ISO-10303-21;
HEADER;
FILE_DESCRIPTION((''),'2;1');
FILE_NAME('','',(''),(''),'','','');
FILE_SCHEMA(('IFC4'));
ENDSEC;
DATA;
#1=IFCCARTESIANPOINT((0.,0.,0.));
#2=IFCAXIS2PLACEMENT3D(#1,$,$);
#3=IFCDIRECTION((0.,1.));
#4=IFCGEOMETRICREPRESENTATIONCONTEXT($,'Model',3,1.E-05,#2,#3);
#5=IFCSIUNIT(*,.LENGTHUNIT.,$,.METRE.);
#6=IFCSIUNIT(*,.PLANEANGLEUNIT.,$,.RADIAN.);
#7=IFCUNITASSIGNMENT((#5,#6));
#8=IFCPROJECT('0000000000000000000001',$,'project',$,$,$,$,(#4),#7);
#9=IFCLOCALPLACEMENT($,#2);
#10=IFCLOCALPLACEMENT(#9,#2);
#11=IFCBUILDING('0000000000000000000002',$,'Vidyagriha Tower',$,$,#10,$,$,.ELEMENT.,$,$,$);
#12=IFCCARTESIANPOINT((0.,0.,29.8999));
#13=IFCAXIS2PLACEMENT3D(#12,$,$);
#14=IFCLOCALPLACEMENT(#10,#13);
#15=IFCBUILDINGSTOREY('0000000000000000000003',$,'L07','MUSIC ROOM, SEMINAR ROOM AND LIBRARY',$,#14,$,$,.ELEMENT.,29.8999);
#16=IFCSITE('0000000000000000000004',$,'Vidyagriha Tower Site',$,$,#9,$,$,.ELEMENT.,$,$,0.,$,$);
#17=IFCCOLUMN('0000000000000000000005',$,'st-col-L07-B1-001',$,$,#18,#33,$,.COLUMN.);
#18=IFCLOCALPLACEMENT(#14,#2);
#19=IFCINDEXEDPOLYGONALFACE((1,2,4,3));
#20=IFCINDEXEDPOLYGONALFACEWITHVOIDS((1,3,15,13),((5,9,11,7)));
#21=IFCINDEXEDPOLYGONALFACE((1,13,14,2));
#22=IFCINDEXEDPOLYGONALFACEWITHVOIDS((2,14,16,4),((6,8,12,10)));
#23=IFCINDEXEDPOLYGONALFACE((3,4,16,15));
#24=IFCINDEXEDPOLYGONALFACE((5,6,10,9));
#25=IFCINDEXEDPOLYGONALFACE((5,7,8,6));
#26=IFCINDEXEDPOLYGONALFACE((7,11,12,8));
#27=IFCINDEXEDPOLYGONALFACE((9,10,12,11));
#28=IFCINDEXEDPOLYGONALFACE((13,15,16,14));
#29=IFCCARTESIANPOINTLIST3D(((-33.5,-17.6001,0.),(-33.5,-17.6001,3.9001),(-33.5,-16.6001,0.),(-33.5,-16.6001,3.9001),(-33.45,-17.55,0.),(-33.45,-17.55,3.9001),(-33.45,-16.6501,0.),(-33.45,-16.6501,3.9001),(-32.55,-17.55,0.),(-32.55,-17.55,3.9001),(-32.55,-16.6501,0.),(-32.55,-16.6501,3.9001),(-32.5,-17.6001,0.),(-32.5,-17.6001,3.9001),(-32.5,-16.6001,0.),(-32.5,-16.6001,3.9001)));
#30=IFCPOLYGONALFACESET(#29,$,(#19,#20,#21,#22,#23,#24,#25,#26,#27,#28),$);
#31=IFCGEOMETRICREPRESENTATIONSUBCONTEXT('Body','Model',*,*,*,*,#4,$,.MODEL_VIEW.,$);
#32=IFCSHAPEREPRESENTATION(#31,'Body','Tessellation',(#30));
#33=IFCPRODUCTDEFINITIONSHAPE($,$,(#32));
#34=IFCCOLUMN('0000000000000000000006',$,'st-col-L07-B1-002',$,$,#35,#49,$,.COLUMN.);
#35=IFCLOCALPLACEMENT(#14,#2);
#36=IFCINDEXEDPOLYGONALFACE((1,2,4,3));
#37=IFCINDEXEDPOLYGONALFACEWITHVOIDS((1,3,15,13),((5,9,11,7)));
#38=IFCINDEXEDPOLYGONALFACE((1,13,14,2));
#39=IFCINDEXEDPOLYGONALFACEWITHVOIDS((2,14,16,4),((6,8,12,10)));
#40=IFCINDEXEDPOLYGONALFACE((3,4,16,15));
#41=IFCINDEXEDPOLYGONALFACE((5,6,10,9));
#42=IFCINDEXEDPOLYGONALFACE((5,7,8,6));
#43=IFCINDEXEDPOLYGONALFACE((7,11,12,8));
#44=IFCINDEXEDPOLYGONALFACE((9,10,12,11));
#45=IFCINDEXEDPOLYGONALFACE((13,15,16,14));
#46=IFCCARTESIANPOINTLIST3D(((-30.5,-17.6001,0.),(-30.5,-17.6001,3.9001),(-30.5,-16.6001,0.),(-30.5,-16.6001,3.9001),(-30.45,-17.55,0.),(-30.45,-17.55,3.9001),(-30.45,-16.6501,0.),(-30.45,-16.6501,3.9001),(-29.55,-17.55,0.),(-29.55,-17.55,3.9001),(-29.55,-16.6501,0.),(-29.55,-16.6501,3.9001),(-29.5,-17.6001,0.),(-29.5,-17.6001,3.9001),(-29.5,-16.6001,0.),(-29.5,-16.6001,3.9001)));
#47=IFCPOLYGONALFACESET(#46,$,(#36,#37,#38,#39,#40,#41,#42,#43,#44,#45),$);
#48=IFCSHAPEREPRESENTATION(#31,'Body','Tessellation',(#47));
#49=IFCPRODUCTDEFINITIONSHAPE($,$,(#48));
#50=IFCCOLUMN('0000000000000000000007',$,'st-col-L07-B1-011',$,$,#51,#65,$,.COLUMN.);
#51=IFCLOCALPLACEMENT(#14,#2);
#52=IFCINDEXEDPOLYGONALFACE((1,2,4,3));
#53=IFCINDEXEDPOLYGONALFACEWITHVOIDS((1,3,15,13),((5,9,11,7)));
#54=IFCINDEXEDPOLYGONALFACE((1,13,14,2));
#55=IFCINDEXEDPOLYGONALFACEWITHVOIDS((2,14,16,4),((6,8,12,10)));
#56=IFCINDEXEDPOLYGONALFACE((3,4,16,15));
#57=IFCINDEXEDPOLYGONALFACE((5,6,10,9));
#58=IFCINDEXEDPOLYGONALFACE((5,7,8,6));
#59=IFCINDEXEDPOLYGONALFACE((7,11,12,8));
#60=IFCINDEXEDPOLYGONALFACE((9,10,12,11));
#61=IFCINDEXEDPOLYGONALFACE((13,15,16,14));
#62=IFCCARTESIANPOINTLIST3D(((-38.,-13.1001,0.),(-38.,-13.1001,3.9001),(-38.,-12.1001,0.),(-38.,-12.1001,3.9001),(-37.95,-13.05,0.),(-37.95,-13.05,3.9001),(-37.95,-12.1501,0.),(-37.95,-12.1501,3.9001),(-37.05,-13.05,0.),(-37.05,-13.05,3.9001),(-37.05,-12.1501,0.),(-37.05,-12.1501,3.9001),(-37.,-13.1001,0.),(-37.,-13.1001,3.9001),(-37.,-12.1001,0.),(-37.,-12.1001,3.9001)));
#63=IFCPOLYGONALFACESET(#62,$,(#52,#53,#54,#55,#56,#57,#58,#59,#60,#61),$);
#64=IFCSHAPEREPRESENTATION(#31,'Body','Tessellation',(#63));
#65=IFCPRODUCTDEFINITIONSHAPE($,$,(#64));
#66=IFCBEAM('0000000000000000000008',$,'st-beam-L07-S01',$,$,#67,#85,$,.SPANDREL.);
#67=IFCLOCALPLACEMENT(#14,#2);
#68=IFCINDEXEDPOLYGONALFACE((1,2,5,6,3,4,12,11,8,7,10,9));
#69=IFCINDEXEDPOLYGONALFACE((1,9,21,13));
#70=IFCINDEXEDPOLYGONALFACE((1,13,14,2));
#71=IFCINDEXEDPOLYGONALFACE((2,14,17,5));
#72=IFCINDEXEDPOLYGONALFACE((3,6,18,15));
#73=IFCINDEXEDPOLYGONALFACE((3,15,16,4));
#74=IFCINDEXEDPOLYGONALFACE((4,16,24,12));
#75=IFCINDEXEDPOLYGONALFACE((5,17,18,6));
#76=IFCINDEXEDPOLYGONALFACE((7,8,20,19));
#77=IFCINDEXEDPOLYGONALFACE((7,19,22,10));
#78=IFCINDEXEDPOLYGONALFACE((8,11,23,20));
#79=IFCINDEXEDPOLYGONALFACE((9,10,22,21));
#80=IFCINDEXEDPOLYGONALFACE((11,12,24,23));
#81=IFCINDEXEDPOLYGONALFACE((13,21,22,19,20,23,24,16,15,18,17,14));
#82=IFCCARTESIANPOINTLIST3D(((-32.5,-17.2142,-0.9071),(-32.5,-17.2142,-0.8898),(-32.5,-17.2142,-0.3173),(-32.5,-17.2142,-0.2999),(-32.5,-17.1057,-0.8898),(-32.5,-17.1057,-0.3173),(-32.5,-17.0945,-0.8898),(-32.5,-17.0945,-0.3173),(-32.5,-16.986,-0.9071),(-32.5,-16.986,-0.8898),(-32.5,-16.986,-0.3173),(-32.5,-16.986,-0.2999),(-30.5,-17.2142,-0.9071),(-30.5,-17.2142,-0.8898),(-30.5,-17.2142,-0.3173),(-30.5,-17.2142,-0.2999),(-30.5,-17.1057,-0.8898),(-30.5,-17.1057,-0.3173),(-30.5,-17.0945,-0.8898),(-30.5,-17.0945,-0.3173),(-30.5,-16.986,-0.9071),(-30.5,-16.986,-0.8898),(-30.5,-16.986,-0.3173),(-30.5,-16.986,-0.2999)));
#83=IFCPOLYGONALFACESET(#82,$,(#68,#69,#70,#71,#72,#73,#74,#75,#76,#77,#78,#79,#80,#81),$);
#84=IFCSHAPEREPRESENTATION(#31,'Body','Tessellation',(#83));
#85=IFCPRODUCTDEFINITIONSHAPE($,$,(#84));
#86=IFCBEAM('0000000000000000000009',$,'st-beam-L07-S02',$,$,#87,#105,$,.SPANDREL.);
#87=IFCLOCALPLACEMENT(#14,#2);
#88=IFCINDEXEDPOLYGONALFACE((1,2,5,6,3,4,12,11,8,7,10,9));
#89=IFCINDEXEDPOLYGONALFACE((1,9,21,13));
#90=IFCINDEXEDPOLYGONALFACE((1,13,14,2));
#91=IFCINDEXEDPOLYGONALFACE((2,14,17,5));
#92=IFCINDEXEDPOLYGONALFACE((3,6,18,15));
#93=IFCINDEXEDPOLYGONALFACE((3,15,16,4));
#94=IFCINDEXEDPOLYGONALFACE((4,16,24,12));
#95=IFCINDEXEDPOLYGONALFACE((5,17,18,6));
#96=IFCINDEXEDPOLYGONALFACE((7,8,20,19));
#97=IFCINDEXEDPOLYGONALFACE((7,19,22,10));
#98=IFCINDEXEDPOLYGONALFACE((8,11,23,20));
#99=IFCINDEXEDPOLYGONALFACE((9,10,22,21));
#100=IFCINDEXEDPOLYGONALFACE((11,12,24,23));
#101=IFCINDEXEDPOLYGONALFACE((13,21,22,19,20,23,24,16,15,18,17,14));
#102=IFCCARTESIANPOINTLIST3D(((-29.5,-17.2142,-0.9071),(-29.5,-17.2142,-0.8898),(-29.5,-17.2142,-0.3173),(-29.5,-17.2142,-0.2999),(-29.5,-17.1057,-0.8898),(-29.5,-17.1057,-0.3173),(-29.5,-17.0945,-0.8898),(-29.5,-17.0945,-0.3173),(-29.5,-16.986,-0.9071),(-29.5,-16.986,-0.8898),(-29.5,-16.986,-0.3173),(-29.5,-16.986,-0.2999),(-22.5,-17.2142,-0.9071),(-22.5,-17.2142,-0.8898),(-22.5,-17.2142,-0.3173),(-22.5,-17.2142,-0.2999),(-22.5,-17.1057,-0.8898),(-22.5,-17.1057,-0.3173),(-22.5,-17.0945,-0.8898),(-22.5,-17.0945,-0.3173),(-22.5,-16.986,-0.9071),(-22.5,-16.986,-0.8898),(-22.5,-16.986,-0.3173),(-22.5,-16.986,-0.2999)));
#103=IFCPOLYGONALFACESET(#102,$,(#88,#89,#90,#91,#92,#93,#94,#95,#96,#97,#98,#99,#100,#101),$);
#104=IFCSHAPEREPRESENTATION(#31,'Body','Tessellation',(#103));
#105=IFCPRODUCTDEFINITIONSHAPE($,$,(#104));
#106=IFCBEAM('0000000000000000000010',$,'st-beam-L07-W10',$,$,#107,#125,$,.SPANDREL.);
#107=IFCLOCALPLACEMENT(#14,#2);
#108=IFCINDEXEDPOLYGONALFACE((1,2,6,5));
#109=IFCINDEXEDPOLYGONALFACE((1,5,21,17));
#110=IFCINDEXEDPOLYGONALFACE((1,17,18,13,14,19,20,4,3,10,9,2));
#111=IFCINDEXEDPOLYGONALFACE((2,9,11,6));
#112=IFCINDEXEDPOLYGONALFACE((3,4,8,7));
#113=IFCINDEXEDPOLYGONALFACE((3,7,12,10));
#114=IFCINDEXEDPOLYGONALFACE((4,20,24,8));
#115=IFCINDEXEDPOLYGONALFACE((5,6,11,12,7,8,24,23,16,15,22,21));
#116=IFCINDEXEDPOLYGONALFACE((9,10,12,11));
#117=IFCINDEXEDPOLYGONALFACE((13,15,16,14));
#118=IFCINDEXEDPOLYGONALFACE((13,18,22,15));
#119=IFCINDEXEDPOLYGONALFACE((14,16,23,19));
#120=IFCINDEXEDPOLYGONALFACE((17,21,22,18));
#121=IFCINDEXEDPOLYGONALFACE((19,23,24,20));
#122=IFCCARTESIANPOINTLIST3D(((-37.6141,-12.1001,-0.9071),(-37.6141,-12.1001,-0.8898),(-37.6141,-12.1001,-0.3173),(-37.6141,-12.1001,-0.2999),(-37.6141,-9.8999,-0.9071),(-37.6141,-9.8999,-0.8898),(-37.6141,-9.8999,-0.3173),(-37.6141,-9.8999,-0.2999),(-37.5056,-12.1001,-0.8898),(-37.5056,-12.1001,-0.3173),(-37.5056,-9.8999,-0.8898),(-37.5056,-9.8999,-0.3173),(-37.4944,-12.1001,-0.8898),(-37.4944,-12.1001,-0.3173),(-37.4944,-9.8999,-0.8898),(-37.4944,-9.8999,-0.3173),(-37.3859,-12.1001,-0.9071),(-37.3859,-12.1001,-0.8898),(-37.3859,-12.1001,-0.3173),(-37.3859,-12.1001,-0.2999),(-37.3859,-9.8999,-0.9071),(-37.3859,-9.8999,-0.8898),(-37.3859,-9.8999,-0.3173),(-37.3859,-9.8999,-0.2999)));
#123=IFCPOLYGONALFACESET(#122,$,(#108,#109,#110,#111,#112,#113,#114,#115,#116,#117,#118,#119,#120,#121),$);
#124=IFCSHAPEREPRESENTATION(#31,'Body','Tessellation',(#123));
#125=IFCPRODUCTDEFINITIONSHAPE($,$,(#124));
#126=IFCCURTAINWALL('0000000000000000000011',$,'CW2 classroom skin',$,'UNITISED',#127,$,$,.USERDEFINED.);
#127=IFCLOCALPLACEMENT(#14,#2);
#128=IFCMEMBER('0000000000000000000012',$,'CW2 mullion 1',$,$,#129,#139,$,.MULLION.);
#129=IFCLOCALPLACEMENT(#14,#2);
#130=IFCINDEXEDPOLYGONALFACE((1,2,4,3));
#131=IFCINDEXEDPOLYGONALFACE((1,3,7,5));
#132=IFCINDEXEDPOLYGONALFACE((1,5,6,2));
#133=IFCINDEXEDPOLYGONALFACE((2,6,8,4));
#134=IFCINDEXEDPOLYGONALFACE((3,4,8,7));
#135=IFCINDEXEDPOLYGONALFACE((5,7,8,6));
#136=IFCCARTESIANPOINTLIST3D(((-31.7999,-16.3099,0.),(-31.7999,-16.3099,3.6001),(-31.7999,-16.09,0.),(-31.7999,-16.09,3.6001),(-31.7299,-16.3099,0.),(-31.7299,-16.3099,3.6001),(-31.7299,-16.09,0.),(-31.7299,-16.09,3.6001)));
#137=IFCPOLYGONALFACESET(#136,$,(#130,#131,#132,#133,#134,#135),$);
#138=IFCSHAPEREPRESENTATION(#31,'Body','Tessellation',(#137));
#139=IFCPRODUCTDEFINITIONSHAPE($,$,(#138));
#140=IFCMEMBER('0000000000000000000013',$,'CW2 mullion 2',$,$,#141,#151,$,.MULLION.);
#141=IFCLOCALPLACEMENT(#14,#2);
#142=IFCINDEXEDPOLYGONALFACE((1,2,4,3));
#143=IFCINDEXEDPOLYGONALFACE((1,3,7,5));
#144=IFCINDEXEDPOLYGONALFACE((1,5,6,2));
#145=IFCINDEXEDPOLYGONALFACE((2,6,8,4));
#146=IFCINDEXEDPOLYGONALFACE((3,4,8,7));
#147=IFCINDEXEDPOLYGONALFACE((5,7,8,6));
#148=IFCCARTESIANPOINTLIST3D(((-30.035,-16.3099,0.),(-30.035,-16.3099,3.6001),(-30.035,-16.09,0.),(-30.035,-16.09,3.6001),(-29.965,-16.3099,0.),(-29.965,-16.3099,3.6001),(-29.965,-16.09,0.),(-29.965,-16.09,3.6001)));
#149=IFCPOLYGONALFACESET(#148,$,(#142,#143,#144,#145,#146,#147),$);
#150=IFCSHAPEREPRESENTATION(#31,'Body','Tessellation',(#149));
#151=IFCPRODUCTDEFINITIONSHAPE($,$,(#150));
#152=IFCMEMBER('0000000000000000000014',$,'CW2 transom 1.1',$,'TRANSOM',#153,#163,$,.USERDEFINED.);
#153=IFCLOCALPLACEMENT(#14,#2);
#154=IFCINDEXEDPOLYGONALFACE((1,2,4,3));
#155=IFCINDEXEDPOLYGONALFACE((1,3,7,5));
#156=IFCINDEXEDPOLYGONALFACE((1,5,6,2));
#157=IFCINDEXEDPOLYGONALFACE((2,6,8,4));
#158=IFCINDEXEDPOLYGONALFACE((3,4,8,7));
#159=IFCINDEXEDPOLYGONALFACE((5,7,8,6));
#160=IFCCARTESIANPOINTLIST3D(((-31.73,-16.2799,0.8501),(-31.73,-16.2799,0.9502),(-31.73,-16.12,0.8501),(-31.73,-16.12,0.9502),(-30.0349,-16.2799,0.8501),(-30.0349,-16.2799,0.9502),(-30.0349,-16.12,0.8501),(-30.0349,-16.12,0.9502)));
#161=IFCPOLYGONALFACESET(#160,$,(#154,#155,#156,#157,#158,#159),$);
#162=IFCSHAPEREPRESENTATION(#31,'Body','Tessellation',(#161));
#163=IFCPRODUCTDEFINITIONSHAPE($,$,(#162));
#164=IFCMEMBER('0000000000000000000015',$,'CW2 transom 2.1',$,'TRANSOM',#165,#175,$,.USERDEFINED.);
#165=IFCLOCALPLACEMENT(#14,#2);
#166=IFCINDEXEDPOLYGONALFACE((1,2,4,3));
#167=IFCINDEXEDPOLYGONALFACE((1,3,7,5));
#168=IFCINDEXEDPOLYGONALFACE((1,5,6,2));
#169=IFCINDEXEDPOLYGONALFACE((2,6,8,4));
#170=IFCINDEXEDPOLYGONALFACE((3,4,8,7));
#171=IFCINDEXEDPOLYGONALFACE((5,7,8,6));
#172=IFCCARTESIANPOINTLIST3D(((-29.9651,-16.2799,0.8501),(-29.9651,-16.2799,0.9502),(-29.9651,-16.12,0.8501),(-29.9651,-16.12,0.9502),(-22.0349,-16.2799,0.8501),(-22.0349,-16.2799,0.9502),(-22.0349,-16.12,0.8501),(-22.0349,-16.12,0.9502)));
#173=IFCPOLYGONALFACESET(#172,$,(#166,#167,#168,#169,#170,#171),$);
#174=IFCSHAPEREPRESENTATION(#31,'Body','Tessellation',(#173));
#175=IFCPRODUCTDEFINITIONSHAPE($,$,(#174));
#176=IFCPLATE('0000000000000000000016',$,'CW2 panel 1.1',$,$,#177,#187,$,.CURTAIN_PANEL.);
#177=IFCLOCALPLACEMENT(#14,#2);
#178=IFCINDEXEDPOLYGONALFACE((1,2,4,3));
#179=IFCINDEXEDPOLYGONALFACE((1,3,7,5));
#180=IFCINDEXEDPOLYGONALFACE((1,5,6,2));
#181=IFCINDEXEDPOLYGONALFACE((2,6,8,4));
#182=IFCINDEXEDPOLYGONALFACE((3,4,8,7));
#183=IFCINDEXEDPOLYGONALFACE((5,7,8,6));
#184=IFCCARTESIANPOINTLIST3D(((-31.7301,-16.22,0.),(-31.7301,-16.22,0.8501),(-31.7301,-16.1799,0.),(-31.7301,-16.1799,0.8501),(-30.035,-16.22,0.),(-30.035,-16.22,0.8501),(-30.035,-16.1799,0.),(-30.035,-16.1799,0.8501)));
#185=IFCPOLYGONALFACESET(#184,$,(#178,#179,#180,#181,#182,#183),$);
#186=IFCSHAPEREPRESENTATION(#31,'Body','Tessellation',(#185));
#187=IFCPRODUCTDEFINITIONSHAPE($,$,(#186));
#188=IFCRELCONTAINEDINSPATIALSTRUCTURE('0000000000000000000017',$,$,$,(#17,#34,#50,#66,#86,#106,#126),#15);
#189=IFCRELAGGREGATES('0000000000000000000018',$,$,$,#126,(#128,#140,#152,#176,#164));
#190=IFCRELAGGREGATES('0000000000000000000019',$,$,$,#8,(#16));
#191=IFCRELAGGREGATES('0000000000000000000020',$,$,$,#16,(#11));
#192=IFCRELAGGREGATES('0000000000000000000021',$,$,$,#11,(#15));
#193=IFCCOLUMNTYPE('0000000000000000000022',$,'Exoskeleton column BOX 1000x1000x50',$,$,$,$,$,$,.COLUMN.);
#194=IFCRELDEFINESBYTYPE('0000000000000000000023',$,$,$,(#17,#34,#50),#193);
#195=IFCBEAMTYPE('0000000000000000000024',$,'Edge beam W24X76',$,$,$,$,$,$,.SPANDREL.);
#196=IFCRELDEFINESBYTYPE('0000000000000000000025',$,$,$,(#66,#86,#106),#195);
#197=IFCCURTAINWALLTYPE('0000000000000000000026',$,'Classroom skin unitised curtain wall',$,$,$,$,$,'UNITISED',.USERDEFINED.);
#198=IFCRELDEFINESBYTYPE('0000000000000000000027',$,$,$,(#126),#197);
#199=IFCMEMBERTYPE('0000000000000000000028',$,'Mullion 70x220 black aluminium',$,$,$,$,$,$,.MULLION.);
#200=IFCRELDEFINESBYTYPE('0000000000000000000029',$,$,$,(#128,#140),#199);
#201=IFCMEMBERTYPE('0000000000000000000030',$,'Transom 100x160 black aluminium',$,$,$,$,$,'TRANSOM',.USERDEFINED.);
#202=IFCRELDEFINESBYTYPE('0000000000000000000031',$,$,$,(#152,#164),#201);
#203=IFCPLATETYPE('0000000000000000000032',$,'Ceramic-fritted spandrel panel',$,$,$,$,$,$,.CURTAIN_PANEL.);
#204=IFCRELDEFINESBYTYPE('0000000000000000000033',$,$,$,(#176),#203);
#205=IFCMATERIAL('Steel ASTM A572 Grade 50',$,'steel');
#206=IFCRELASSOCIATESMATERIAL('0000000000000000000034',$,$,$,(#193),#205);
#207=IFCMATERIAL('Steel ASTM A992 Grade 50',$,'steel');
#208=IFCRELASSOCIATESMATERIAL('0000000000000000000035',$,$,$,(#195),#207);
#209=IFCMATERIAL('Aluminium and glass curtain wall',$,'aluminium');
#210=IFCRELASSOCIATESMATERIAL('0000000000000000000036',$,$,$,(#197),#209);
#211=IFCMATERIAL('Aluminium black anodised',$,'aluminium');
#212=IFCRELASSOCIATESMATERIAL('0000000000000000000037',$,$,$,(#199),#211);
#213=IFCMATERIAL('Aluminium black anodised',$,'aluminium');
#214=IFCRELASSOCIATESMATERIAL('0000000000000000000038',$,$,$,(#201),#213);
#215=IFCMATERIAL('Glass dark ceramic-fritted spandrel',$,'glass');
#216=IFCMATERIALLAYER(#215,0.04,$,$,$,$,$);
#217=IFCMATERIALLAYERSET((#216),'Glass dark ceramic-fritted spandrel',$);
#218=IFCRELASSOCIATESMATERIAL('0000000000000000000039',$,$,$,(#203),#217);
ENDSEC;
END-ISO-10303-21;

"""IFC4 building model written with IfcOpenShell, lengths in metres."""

from ifc_helpers import new_model, si_unit, direction, frame, origin, origin_2d, place, context, subcontext, project, spatial, rectangle, hollow_rectangle, i_section, extrude, material, layer, layer_set, material_profile, profile_set, type_object, element, aggregate, save


model = new_model("IFC4")

# Units and contexts
model_context = context("Model", 3, precision=1e-05, world=origin(), true_north=direction((0.0, 1.0)))
body_context = subcontext(model_context, "Body", "Model", "MODEL_VIEW")
ifc_project = project(units=[si_unit("LENGTHUNIT", "METRE"), si_unit("PLANEANGLEUNIT", "RADIAN")], contexts=[model_context])

# Site, building, storey
site_placement = place(None, origin())
site = spatial("IfcSite", under=ifc_project, at=site_placement, Name="Vidyagriha Tower Site", CompositionType="ELEMENT", RefElevation=0.0)
building_placement = place(site_placement, origin())
building = spatial("IfcBuilding", under=site, at=building_placement, Name="Vidyagriha Tower", CompositionType="ELEMENT")
storey_placement = place(building_placement, frame((0.0, 0.0, 29.8999)))
storey = spatial("IfcBuildingStorey", under=building, at=storey_placement, Name="L07", Description="MUSIC ROOM, SEMINAR ROOM AND LIBRARY", CompositionType="ELEMENT", Elevation=29.8999)

# Columns
ifc_material_1 = material(Name="Steel ASTM A572 Grade 50", Category="steel")
ifc_material_profile_1 = material_profile(ifc_material_1, hollow_rectangle(XDim=1.0, YDim=1.0, WallThickness=0.05, at=origin_2d()), Name="BOX 1000x1000x50")
ifc_profile_set_1 = profile_set([ifc_material_profile_1], Name="Steel ASTM A572 Grade 50")
column_type = type_object("IfcColumnType", Name="Exoskeleton column BOX 1000x1000x50", PredefinedType="COLUMN", material=ifc_profile_set_1)
for number, where, name in (
    (1, (-33.0, -17.1001, 0.0), "st-col-L07-B1-001"),
    (2, (-30.0, -17.1001, 0.0), "st-col-L07-B1-002"),
    (3, (-37.5, -12.6001, 0.0), "st-col-L07-B1-011"),
):
    element("IfcColumn", number, at=place(storey_placement, frame(where)), inside=storey, type_object=column_type, Name=name, PredefinedType="COLUMN", context=body_context, shape_type="SweptSolid", body=[
        extrude(hollow_rectangle(XDim=1.0, YDim=1.0, WallThickness=0.05, at=origin_2d()), origin(), (0.0, 0.0, 1.0), 3.9001),
    ])

# Beams
ifc_material_2 = material(Name="Steel ASTM A992 Grade 50", Category="steel")
ifc_material_profile_2 = material_profile(ifc_material_2, i_section(OverallWidth=0.2283, OverallDepth=0.6072, WebThickness=0.0112, FlangeThickness=0.0173, at=origin_2d()), Name="W24X76")
ifc_profile_set_2 = profile_set([ifc_material_profile_2], Name="Steel ASTM A992 Grade 50")
beam_type = type_object("IfcBeamType", Name="Edge beam W24X76", PredefinedType="SPANDREL", material=ifc_profile_set_2)
beam_1_placement = place(storey_placement, frame((-32.5, -17.1001, -0.6035), z_axis=(1.0, 0.0, 0.0), x_axis=(0.0, 1.0, 0.0)))
element("IfcBeam", 4, at=beam_1_placement, inside=storey, type_object=beam_type, Name="st-beam-L07-S01", PredefinedType="SPANDREL", context=body_context, shape_type="SweptSolid", body=[
    extrude(i_section(OverallWidth=0.2283, OverallDepth=0.6072, WebThickness=0.0112, FlangeThickness=0.0173, at=origin_2d()), origin(), (0.0, 0.0, 1.0), 2.0),
])
beam_2_placement = place(storey_placement, frame((-29.5, -17.1001, -0.6035), z_axis=(1.0, 0.0, 0.0), x_axis=(0.0, 1.0, 0.0)))
element("IfcBeam", 5, at=beam_2_placement, inside=storey, type_object=beam_type, Name="st-beam-L07-S02", PredefinedType="SPANDREL", context=body_context, shape_type="SweptSolid", body=[
    extrude(i_section(OverallWidth=0.2283, OverallDepth=0.6072, WebThickness=0.0112, FlangeThickness=0.0173, at=origin_2d()), origin(), (0.0, 0.0, 1.0), 7.0),
])
beam_3_placement = place(storey_placement, frame((-37.5, -12.1001, -0.6035), z_axis=(0.0, 1.0, 0.0), x_axis=(-1.0, 0.0, 0.0)))
element("IfcBeam", 6, at=beam_3_placement, inside=storey, type_object=beam_type, Name="st-beam-L07-W10", PredefinedType="SPANDREL", context=body_context, shape_type="SweptSolid", body=[
    extrude(i_section(OverallWidth=0.2283, OverallDepth=0.6072, WebThickness=0.0112, FlangeThickness=0.0173, at=origin_2d()), origin(), (0.0, 0.0, 1.0), 2.2002),
])

# Curtain wall, members, plate
ifc_material_3 = material(Name="Aluminium and glass curtain wall", Category="aluminium")
curtain_wall_type = type_object("IfcCurtainWallType", Name="Classroom skin unitised curtain wall", ElementType="UNITISED", PredefinedType="USERDEFINED", material=ifc_material_3)
curtain_wall_placement = place(storey_placement, origin())
curtain_wall = element("IfcCurtainWall", 7, at=curtain_wall_placement, inside=storey, type_object=curtain_wall_type, Name="CW2 classroom skin", ObjectType="UNITISED", PredefinedType="USERDEFINED")
ifc_material_4 = material(Name="Aluminium black anodised", Category="aluminium")
ifc_material_profile_3 = material_profile(ifc_material_4, rectangle(XDim=0.22, YDim=0.0701, at=origin_2d()), Name="Mullion 70x220 black aluminium")
ifc_profile_set_3 = profile_set([ifc_material_profile_3], Name="Aluminium black anodised")
member_type_1 = type_object("IfcMemberType", Name="Mullion 70x220 black aluminium", PredefinedType="MULLION", material=ifc_profile_set_3)
member_1_placement = place(storey_placement, frame((-31.7649, -16.2, 0.0), z_axis=(0.0, 0.0, 1.0), x_axis=(0.0, 1.0, 0.0)))
member_1 = element("IfcMember", 8, at=member_1_placement, type_object=member_type_1, Name="CW2 mullion 1", PredefinedType="MULLION", context=body_context, shape_type="SweptSolid", body=[
    extrude(rectangle(XDim=0.22, YDim=0.0701, at=origin_2d()), origin(), (0.0, 0.0, 1.0), 3.6001),
])
member_2_placement = place(storey_placement, frame((-30.0, -16.2, 0.0), z_axis=(0.0, 0.0, 1.0), x_axis=(0.0, 1.0, 0.0)))
member_2 = element("IfcMember", 9, at=member_2_placement, type_object=member_type_1, Name="CW2 mullion 2", PredefinedType="MULLION", context=body_context, shape_type="SweptSolid", body=[
    extrude(rectangle(XDim=0.22, YDim=0.0701, at=origin_2d()), origin(), (0.0, 0.0, 1.0), 3.6001),
])
ifc_material_5 = material(Name="Aluminium black anodised", Category="aluminium")
ifc_material_profile_4 = material_profile(ifc_material_5, rectangle(XDim=0.1599, YDim=0.1001, at=origin_2d()), Name="Transom 100x160 black aluminium")
ifc_profile_set_4 = profile_set([ifc_material_profile_4], Name="Aluminium black anodised")
member_type_2 = type_object("IfcMemberType", Name="Transom 100x160 black aluminium", ElementType="TRANSOM", PredefinedType="USERDEFINED", material=ifc_profile_set_4)
member_3_placement = place(storey_placement, frame((-31.73, -16.2, 0.9001), z_axis=(1.0, 0.0, 0.0), x_axis=(0.0, 1.0, 0.0)))
member_3 = element("IfcMember", 10, at=member_3_placement, type_object=member_type_2, Name="CW2 transom 1.1", ObjectType="TRANSOM", PredefinedType="USERDEFINED", context=body_context, shape_type="SweptSolid", body=[
    extrude(rectangle(XDim=0.1599, YDim=0.1001, at=origin_2d()), origin(), (0.0, 0.0, 1.0), 1.6951),
])
member_4_placement = place(storey_placement, frame((-29.9651, -16.2, 0.9001), z_axis=(1.0, 0.0, 0.0), x_axis=(0.0, 1.0, 0.0)))
member_4 = element("IfcMember", 11, at=member_4_placement, type_object=member_type_2, Name="CW2 transom 2.1", ObjectType="TRANSOM", PredefinedType="USERDEFINED", context=body_context, shape_type="SweptSolid", body=[
    extrude(rectangle(XDim=0.1599, YDim=0.1001, at=origin_2d()), origin(), (0.0, 0.0, 1.0), 7.9302),
])
ifc_material_6 = material(Name="Glass dark ceramic-fritted spandrel", Category="glass")
ifc_layer_1 = layer(ifc_material_6, 0.04)
ifc_layer_set_1 = layer_set([ifc_layer_1], Name="Glass dark ceramic-fritted spandrel")
plate_type_1 = type_object("IfcPlateType", Name="Ceramic-fritted spandrel panel", PredefinedType="CURTAIN_PANEL", material=ifc_layer_set_1)
plate_1_placement = place(storey_placement, frame((-30.8826, -16.2, 0.0)))
plate_1 = element("IfcPlate", 12, at=plate_1_placement, type_object=plate_type_1, Name="CW2 panel 1.1", PredefinedType="CURTAIN_PANEL", context=body_context, shape_type="SweptSolid", body=[
    extrude(rectangle(XDim=1.6951, YDim=0.04, at=origin_2d()), origin(), (0.0, 0.0, 1.0), 0.8501),
])
aggregate(curtain_wall, [member_1, member_2, member_3, plate_1, member_4])

save(model, "model.ifc")
